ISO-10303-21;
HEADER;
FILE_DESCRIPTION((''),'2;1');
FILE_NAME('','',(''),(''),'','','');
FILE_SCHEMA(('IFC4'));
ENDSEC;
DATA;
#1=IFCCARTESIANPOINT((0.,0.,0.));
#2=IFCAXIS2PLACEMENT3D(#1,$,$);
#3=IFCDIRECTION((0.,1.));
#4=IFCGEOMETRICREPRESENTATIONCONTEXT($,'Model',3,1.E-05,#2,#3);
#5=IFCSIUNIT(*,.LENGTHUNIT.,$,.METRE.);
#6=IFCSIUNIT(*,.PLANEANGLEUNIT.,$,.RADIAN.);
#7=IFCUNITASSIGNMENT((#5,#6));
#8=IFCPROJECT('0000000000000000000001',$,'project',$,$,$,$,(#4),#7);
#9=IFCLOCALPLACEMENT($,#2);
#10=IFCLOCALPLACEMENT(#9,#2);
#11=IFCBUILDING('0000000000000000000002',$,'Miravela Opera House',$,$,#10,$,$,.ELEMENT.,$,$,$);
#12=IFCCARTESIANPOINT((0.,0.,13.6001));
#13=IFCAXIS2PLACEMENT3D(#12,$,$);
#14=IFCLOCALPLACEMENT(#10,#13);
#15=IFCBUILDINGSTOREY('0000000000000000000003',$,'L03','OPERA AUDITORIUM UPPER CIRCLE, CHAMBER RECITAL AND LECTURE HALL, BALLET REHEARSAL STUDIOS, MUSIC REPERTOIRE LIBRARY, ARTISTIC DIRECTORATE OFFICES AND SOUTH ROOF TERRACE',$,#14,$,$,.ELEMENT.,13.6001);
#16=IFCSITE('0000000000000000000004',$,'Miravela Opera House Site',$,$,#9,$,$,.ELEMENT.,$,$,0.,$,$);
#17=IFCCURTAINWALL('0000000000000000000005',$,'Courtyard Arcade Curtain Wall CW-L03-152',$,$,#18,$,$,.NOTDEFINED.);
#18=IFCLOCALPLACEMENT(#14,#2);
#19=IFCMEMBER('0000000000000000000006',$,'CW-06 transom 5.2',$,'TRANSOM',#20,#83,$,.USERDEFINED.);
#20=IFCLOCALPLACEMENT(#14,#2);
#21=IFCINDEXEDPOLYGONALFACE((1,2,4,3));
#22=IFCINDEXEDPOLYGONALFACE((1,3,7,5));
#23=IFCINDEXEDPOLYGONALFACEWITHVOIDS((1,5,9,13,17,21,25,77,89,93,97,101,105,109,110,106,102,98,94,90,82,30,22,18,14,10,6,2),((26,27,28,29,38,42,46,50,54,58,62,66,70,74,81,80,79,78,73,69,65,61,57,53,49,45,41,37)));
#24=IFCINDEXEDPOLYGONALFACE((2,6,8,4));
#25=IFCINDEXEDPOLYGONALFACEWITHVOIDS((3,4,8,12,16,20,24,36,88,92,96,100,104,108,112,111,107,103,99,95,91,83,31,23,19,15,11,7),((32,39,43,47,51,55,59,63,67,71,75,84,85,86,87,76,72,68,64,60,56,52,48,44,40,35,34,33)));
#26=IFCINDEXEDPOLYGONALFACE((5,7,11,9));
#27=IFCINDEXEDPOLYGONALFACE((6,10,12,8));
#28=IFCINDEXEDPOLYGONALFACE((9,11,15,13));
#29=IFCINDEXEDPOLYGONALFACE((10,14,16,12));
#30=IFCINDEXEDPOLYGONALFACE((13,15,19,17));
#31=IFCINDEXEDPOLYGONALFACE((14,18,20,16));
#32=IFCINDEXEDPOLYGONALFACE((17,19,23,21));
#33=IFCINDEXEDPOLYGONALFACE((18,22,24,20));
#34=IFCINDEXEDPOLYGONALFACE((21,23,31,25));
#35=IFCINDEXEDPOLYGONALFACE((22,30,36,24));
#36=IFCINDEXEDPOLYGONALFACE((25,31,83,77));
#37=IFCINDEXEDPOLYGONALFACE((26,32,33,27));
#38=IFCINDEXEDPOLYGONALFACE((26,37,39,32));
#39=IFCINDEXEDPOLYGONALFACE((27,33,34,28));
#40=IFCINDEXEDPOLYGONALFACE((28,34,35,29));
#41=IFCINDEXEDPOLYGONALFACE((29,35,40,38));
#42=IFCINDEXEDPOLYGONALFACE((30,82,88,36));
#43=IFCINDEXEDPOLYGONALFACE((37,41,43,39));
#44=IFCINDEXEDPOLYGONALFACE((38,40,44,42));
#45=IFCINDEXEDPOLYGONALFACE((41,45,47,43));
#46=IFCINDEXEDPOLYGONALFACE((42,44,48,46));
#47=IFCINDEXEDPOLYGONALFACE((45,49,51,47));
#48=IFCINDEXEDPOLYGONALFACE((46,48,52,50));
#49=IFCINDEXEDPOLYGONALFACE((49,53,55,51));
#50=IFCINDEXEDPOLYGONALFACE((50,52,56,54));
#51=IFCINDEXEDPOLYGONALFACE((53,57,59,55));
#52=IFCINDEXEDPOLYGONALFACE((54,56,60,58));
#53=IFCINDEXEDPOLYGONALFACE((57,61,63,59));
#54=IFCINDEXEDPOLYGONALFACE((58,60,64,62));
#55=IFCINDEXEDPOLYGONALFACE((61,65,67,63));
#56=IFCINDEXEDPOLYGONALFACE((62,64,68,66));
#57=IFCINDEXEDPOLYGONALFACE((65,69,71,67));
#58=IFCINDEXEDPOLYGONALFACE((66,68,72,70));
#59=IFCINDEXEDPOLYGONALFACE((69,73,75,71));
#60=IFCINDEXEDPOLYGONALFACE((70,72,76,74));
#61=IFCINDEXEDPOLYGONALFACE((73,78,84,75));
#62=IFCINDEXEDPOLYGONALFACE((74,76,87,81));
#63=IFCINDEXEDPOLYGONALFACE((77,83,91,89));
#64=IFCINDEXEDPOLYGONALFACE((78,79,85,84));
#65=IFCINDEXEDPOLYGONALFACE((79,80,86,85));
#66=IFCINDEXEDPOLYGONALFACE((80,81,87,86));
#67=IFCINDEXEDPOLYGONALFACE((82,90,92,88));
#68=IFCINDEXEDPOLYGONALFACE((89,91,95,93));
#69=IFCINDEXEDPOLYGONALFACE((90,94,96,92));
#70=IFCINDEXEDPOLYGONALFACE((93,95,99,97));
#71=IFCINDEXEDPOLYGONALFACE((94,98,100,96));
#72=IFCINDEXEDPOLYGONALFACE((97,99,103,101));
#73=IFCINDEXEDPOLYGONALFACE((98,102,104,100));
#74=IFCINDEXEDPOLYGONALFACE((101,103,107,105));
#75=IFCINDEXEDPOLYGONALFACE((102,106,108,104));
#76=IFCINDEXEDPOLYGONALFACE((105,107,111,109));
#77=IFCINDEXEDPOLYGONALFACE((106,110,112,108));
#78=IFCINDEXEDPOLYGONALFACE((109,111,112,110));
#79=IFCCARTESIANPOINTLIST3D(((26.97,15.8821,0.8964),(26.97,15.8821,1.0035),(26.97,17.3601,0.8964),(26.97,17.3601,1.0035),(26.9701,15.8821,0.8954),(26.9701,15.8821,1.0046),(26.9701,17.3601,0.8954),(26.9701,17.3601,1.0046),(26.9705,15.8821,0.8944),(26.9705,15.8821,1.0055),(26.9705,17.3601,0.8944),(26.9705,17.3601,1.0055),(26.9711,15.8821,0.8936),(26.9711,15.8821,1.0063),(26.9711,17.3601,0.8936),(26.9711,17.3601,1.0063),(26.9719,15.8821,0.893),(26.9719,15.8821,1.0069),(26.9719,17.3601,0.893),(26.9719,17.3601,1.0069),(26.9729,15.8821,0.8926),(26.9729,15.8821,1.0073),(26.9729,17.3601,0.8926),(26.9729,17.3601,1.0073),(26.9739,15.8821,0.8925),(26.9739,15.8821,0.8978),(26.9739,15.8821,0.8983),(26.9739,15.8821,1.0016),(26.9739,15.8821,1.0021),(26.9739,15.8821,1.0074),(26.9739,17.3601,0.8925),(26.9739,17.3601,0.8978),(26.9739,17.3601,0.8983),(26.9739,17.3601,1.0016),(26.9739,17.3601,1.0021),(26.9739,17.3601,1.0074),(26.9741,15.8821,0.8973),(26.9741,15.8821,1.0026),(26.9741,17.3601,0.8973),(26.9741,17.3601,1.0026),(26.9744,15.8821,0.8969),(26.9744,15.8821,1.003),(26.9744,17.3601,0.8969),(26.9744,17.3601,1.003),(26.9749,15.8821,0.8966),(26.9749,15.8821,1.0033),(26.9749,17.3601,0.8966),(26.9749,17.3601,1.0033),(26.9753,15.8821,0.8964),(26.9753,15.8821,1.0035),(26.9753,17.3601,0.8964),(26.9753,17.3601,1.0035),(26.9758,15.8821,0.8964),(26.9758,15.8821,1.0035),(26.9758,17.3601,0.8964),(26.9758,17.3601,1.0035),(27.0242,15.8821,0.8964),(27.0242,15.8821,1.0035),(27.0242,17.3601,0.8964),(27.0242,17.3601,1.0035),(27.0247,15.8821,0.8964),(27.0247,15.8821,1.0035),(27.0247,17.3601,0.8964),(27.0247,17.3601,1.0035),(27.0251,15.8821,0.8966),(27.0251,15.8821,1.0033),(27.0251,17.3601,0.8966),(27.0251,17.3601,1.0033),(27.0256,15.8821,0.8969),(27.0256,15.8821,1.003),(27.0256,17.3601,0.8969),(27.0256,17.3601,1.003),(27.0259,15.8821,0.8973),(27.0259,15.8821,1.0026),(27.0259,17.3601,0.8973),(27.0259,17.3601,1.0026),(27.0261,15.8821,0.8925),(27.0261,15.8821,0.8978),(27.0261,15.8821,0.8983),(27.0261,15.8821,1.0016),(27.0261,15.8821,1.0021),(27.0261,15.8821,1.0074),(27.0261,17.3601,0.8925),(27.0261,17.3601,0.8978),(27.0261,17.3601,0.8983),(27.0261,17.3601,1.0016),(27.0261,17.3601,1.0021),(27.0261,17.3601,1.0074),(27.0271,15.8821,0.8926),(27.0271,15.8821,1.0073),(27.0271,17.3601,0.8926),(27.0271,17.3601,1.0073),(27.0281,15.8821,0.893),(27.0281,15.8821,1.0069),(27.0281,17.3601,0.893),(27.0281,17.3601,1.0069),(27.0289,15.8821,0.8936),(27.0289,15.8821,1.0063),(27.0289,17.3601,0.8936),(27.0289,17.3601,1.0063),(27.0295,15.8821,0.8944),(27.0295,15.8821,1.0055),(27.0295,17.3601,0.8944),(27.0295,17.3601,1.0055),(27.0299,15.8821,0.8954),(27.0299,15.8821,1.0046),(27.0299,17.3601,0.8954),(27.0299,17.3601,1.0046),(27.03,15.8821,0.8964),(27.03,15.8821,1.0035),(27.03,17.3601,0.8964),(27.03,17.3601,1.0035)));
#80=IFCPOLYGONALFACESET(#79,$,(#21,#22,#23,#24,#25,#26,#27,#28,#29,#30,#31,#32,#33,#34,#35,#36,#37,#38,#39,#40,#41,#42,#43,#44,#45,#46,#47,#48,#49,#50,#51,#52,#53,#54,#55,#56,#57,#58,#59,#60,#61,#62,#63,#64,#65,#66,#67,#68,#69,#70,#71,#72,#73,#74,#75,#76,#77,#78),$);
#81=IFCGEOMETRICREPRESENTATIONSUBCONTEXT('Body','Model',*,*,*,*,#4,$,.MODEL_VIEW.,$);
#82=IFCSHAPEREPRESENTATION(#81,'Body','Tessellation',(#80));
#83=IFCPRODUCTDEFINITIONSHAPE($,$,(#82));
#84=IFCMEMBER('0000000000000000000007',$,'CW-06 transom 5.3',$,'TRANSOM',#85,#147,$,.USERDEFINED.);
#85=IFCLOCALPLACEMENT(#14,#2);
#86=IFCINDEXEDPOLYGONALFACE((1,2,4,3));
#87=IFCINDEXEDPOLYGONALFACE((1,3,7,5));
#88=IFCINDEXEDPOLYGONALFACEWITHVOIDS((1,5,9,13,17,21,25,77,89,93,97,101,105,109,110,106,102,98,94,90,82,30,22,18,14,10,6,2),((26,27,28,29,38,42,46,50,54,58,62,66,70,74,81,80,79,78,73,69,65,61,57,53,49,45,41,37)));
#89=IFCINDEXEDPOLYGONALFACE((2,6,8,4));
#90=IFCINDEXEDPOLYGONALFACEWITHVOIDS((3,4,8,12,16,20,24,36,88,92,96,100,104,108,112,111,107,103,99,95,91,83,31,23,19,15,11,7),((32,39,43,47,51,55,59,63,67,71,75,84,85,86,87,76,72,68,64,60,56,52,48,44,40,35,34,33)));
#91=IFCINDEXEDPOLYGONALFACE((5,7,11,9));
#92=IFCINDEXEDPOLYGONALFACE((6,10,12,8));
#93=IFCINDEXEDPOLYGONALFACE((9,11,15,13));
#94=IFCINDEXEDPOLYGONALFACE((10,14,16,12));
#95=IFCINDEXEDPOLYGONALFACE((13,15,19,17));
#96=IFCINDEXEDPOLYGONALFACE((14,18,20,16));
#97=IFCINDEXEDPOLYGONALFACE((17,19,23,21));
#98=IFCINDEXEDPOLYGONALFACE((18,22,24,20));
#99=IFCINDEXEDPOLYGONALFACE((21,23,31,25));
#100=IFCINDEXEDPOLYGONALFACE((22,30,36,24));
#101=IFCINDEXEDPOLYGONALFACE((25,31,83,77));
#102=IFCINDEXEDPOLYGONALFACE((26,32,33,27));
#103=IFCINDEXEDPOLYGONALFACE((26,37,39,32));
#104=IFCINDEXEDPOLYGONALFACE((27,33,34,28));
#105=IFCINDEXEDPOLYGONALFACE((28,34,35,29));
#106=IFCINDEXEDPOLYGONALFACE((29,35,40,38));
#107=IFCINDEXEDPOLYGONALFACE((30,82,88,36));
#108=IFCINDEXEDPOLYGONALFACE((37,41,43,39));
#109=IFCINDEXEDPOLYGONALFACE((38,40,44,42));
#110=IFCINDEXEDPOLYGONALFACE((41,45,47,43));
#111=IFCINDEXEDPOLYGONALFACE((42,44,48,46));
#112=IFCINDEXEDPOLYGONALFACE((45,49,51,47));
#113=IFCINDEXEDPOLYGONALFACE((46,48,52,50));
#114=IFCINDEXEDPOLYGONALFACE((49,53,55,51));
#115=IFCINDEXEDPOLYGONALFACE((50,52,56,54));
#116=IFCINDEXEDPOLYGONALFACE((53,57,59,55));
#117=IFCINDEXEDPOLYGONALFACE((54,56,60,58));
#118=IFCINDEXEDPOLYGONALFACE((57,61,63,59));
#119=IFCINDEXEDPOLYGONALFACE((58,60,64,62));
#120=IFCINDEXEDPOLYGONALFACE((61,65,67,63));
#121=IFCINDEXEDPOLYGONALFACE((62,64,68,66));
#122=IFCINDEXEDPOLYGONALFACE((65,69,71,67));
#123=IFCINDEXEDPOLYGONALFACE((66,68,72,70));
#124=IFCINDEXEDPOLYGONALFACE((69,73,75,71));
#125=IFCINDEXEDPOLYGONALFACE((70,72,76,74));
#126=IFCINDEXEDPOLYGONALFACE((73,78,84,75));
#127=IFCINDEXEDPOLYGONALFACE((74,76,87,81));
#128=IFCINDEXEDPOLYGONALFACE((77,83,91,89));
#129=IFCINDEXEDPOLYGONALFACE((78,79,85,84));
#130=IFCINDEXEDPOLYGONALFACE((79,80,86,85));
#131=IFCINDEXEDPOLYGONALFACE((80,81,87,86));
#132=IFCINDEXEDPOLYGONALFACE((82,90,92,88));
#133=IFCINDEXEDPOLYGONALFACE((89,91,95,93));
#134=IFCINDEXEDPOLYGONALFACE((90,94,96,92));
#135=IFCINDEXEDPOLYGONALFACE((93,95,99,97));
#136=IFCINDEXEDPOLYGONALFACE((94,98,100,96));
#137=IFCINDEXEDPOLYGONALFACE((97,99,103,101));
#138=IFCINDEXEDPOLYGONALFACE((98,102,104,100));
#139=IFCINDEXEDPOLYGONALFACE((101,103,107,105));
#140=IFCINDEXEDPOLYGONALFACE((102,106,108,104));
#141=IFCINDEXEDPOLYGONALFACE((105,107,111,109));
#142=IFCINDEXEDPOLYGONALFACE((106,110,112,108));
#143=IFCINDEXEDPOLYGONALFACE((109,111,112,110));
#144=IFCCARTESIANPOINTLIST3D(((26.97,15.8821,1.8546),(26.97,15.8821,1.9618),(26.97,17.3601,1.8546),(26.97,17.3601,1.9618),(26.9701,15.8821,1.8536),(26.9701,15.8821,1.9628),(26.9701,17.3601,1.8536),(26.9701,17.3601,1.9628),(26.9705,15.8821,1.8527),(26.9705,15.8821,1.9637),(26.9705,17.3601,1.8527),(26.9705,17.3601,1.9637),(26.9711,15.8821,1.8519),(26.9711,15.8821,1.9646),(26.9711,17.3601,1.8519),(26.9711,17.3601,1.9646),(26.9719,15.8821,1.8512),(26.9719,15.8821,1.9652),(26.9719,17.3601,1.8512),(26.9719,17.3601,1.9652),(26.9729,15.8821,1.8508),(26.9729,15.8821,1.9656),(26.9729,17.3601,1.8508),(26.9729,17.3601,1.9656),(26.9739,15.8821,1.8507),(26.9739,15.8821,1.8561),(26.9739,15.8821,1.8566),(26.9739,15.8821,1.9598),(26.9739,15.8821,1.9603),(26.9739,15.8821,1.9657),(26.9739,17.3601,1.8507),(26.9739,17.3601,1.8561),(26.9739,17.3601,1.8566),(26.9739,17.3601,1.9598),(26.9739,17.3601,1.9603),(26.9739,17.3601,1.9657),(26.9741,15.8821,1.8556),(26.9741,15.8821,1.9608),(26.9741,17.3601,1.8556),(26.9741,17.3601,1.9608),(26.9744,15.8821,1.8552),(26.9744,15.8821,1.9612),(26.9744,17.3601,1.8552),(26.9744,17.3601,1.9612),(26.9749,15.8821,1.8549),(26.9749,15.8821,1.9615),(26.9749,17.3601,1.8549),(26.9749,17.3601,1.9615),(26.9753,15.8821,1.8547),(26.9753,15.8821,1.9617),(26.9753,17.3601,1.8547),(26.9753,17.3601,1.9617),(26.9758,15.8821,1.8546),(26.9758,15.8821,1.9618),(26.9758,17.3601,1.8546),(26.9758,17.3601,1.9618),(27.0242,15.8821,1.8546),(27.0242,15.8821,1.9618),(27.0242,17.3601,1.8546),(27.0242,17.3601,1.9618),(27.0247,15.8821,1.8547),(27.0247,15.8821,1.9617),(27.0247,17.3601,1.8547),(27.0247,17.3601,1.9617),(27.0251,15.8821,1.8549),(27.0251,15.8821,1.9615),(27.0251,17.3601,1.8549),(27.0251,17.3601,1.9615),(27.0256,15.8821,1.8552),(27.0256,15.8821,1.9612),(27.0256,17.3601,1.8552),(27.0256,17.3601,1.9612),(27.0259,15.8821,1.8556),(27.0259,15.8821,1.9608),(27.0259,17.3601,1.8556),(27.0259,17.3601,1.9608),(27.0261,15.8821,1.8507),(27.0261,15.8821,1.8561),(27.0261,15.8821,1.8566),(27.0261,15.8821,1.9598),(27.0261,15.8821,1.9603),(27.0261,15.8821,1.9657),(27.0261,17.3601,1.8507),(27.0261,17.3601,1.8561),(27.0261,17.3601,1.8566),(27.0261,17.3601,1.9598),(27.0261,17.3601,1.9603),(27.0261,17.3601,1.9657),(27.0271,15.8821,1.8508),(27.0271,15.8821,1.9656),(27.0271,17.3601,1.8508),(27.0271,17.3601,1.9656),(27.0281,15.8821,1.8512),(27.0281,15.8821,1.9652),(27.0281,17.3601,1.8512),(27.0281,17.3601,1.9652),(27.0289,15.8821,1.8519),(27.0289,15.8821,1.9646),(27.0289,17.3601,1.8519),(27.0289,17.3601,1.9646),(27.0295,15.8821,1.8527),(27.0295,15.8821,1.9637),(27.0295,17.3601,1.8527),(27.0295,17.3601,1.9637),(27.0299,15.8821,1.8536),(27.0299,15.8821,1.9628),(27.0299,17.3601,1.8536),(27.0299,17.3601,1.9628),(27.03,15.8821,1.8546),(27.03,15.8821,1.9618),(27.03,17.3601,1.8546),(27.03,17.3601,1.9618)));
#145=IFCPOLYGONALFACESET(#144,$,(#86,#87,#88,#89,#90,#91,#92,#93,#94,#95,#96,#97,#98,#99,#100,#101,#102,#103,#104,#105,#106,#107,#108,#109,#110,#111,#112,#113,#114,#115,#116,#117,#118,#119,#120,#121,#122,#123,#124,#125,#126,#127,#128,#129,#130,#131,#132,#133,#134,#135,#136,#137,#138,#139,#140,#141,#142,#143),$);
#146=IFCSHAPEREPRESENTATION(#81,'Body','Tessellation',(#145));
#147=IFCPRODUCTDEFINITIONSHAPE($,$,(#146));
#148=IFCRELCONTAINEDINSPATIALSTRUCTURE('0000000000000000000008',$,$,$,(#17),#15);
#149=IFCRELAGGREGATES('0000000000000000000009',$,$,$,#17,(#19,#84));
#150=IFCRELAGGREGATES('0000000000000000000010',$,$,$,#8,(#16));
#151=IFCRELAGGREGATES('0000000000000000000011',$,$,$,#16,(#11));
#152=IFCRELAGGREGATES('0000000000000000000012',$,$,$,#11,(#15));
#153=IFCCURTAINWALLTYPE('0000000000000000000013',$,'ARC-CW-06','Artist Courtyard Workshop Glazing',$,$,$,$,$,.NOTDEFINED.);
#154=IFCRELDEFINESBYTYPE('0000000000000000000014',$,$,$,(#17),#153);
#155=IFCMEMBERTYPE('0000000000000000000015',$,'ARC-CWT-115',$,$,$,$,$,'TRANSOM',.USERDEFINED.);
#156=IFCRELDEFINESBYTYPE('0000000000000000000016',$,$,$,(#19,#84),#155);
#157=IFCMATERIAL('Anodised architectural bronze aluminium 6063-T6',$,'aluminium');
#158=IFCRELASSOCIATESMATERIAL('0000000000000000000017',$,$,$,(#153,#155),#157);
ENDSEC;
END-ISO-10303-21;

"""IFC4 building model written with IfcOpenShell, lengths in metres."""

from ifc_helpers import new_model, si_unit, direction, frame, origin, origin_2d, place, context, subcontext, project, spatial, hollow_rectangle, extrude, material, material_profile, profile_set, type_object, element, aggregate, save


model = new_model("IFC4")

# Units and contexts
model_context = context("Model", 3, precision=1e-05, world=origin(), true_north=direction((0.0, 1.0)))
body_context = subcontext(model_context, "Body", "Model", "MODEL_VIEW")
ifc_project = project(units=[si_unit("LENGTHUNIT", "METRE"), si_unit("PLANEANGLEUNIT", "RADIAN")], contexts=[model_context])

# Site, building, storey
site_placement = place(None, origin())
site = spatial("IfcSite", under=ifc_project, at=site_placement, Name="Miravela Opera House Site", CompositionType="ELEMENT", RefElevation=0.0)
building_placement = place(site_placement, origin())
building = spatial("IfcBuilding", under=site, at=building_placement, Name="Miravela Opera House", CompositionType="ELEMENT")
storey_placement = place(building_placement, frame((0.0, 0.0, 13.6001)))
storey = spatial("IfcBuildingStorey", under=building, at=storey_placement, Name="L03", Description="OPERA AUDITORIUM UPPER CIRCLE, CHAMBER RECITAL AND LECTURE HALL, BALLET REHEARSAL STUDIOS, MUSIC REPERTOIRE LIBRARY, ARTISTIC DIRECTORATE OFFICES AND SOUTH ROOF TERRACE", CompositionType="ELEMENT", Elevation=13.6001)

# Curtain wall
ifc_material_1 = material(Name="Anodised architectural bronze aluminium 6063-T6", Category="aluminium")
curtain_wall_type = type_object("IfcCurtainWallType", Name="ARC-CW-06", Description="Artist Courtyard Workshop Glazing", PredefinedType="NOTDEFINED", material=ifc_material_1)
curtain_wall_1_placement = place(storey_placement, origin())
curtain_wall_1 = element("IfcCurtainWall", 1, at=curtain_wall_1_placement, inside=storey, type_object=curtain_wall_type, Name="Courtyard Arcade Curtain Wall CW-L03-152", PredefinedType="NOTDEFINED")

# Members
ifc_material_profile_1 = material_profile(ifc_material_1, hollow_rectangle(XDim=0.0601, YDim=0.115, WallThickness=0.0039, InnerFilletRadius=0.002, OuterFilletRadius=0.0039, at=origin_2d()), Name="CWT-60X115")
ifc_profile_set_1 = profile_set([ifc_material_profile_1])
member_type_1 = type_object("IfcMemberType", Name="ARC-CWT-115", ElementType="TRANSOM", PredefinedType="USERDEFINED", material=ifc_profile_set_1)
member_1_placement = place(storey_placement, frame((27.0, 15.8821, 0.95), z_axis=(0.0, 1.0, 0.0), x_axis=(-1.0, 0.0, 0.0)))
member_1 = element("IfcMember", 2, at=member_1_placement, type_object=member_type_1, Name="CW-06 transom 5.2", ObjectType="TRANSOM", PredefinedType="USERDEFINED", context=body_context, shape_type="SweptSolid", body=[
    extrude(hollow_rectangle(XDim=0.0601, YDim=0.115, WallThickness=0.0039, InnerFilletRadius=0.002, OuterFilletRadius=0.0039, at=origin_2d()), origin(), (0.0, 0.0, 1.0), 1.478),
])
member_2_placement = place(storey_placement, frame((27.0, 15.8821, 1.9082), z_axis=(0.0, 1.0, 0.0), x_axis=(-1.0, 0.0, 0.0)))
member_2 = element("IfcMember", 3, at=member_2_placement, type_object=member_type_1, Name="CW-06 transom 5.3", ObjectType="TRANSOM", PredefinedType="USERDEFINED", context=body_context, shape_type="SweptSolid", body=[
    extrude(hollow_rectangle(XDim=0.0601, YDim=0.115, WallThickness=0.0039, InnerFilletRadius=0.002, OuterFilletRadius=0.0039, at=origin_2d()), origin(), (0.0, 0.0, 1.0), 1.478),
])

aggregate(curtain_wall_1, [member_1, member_2])

save(model, "model.ifc")
